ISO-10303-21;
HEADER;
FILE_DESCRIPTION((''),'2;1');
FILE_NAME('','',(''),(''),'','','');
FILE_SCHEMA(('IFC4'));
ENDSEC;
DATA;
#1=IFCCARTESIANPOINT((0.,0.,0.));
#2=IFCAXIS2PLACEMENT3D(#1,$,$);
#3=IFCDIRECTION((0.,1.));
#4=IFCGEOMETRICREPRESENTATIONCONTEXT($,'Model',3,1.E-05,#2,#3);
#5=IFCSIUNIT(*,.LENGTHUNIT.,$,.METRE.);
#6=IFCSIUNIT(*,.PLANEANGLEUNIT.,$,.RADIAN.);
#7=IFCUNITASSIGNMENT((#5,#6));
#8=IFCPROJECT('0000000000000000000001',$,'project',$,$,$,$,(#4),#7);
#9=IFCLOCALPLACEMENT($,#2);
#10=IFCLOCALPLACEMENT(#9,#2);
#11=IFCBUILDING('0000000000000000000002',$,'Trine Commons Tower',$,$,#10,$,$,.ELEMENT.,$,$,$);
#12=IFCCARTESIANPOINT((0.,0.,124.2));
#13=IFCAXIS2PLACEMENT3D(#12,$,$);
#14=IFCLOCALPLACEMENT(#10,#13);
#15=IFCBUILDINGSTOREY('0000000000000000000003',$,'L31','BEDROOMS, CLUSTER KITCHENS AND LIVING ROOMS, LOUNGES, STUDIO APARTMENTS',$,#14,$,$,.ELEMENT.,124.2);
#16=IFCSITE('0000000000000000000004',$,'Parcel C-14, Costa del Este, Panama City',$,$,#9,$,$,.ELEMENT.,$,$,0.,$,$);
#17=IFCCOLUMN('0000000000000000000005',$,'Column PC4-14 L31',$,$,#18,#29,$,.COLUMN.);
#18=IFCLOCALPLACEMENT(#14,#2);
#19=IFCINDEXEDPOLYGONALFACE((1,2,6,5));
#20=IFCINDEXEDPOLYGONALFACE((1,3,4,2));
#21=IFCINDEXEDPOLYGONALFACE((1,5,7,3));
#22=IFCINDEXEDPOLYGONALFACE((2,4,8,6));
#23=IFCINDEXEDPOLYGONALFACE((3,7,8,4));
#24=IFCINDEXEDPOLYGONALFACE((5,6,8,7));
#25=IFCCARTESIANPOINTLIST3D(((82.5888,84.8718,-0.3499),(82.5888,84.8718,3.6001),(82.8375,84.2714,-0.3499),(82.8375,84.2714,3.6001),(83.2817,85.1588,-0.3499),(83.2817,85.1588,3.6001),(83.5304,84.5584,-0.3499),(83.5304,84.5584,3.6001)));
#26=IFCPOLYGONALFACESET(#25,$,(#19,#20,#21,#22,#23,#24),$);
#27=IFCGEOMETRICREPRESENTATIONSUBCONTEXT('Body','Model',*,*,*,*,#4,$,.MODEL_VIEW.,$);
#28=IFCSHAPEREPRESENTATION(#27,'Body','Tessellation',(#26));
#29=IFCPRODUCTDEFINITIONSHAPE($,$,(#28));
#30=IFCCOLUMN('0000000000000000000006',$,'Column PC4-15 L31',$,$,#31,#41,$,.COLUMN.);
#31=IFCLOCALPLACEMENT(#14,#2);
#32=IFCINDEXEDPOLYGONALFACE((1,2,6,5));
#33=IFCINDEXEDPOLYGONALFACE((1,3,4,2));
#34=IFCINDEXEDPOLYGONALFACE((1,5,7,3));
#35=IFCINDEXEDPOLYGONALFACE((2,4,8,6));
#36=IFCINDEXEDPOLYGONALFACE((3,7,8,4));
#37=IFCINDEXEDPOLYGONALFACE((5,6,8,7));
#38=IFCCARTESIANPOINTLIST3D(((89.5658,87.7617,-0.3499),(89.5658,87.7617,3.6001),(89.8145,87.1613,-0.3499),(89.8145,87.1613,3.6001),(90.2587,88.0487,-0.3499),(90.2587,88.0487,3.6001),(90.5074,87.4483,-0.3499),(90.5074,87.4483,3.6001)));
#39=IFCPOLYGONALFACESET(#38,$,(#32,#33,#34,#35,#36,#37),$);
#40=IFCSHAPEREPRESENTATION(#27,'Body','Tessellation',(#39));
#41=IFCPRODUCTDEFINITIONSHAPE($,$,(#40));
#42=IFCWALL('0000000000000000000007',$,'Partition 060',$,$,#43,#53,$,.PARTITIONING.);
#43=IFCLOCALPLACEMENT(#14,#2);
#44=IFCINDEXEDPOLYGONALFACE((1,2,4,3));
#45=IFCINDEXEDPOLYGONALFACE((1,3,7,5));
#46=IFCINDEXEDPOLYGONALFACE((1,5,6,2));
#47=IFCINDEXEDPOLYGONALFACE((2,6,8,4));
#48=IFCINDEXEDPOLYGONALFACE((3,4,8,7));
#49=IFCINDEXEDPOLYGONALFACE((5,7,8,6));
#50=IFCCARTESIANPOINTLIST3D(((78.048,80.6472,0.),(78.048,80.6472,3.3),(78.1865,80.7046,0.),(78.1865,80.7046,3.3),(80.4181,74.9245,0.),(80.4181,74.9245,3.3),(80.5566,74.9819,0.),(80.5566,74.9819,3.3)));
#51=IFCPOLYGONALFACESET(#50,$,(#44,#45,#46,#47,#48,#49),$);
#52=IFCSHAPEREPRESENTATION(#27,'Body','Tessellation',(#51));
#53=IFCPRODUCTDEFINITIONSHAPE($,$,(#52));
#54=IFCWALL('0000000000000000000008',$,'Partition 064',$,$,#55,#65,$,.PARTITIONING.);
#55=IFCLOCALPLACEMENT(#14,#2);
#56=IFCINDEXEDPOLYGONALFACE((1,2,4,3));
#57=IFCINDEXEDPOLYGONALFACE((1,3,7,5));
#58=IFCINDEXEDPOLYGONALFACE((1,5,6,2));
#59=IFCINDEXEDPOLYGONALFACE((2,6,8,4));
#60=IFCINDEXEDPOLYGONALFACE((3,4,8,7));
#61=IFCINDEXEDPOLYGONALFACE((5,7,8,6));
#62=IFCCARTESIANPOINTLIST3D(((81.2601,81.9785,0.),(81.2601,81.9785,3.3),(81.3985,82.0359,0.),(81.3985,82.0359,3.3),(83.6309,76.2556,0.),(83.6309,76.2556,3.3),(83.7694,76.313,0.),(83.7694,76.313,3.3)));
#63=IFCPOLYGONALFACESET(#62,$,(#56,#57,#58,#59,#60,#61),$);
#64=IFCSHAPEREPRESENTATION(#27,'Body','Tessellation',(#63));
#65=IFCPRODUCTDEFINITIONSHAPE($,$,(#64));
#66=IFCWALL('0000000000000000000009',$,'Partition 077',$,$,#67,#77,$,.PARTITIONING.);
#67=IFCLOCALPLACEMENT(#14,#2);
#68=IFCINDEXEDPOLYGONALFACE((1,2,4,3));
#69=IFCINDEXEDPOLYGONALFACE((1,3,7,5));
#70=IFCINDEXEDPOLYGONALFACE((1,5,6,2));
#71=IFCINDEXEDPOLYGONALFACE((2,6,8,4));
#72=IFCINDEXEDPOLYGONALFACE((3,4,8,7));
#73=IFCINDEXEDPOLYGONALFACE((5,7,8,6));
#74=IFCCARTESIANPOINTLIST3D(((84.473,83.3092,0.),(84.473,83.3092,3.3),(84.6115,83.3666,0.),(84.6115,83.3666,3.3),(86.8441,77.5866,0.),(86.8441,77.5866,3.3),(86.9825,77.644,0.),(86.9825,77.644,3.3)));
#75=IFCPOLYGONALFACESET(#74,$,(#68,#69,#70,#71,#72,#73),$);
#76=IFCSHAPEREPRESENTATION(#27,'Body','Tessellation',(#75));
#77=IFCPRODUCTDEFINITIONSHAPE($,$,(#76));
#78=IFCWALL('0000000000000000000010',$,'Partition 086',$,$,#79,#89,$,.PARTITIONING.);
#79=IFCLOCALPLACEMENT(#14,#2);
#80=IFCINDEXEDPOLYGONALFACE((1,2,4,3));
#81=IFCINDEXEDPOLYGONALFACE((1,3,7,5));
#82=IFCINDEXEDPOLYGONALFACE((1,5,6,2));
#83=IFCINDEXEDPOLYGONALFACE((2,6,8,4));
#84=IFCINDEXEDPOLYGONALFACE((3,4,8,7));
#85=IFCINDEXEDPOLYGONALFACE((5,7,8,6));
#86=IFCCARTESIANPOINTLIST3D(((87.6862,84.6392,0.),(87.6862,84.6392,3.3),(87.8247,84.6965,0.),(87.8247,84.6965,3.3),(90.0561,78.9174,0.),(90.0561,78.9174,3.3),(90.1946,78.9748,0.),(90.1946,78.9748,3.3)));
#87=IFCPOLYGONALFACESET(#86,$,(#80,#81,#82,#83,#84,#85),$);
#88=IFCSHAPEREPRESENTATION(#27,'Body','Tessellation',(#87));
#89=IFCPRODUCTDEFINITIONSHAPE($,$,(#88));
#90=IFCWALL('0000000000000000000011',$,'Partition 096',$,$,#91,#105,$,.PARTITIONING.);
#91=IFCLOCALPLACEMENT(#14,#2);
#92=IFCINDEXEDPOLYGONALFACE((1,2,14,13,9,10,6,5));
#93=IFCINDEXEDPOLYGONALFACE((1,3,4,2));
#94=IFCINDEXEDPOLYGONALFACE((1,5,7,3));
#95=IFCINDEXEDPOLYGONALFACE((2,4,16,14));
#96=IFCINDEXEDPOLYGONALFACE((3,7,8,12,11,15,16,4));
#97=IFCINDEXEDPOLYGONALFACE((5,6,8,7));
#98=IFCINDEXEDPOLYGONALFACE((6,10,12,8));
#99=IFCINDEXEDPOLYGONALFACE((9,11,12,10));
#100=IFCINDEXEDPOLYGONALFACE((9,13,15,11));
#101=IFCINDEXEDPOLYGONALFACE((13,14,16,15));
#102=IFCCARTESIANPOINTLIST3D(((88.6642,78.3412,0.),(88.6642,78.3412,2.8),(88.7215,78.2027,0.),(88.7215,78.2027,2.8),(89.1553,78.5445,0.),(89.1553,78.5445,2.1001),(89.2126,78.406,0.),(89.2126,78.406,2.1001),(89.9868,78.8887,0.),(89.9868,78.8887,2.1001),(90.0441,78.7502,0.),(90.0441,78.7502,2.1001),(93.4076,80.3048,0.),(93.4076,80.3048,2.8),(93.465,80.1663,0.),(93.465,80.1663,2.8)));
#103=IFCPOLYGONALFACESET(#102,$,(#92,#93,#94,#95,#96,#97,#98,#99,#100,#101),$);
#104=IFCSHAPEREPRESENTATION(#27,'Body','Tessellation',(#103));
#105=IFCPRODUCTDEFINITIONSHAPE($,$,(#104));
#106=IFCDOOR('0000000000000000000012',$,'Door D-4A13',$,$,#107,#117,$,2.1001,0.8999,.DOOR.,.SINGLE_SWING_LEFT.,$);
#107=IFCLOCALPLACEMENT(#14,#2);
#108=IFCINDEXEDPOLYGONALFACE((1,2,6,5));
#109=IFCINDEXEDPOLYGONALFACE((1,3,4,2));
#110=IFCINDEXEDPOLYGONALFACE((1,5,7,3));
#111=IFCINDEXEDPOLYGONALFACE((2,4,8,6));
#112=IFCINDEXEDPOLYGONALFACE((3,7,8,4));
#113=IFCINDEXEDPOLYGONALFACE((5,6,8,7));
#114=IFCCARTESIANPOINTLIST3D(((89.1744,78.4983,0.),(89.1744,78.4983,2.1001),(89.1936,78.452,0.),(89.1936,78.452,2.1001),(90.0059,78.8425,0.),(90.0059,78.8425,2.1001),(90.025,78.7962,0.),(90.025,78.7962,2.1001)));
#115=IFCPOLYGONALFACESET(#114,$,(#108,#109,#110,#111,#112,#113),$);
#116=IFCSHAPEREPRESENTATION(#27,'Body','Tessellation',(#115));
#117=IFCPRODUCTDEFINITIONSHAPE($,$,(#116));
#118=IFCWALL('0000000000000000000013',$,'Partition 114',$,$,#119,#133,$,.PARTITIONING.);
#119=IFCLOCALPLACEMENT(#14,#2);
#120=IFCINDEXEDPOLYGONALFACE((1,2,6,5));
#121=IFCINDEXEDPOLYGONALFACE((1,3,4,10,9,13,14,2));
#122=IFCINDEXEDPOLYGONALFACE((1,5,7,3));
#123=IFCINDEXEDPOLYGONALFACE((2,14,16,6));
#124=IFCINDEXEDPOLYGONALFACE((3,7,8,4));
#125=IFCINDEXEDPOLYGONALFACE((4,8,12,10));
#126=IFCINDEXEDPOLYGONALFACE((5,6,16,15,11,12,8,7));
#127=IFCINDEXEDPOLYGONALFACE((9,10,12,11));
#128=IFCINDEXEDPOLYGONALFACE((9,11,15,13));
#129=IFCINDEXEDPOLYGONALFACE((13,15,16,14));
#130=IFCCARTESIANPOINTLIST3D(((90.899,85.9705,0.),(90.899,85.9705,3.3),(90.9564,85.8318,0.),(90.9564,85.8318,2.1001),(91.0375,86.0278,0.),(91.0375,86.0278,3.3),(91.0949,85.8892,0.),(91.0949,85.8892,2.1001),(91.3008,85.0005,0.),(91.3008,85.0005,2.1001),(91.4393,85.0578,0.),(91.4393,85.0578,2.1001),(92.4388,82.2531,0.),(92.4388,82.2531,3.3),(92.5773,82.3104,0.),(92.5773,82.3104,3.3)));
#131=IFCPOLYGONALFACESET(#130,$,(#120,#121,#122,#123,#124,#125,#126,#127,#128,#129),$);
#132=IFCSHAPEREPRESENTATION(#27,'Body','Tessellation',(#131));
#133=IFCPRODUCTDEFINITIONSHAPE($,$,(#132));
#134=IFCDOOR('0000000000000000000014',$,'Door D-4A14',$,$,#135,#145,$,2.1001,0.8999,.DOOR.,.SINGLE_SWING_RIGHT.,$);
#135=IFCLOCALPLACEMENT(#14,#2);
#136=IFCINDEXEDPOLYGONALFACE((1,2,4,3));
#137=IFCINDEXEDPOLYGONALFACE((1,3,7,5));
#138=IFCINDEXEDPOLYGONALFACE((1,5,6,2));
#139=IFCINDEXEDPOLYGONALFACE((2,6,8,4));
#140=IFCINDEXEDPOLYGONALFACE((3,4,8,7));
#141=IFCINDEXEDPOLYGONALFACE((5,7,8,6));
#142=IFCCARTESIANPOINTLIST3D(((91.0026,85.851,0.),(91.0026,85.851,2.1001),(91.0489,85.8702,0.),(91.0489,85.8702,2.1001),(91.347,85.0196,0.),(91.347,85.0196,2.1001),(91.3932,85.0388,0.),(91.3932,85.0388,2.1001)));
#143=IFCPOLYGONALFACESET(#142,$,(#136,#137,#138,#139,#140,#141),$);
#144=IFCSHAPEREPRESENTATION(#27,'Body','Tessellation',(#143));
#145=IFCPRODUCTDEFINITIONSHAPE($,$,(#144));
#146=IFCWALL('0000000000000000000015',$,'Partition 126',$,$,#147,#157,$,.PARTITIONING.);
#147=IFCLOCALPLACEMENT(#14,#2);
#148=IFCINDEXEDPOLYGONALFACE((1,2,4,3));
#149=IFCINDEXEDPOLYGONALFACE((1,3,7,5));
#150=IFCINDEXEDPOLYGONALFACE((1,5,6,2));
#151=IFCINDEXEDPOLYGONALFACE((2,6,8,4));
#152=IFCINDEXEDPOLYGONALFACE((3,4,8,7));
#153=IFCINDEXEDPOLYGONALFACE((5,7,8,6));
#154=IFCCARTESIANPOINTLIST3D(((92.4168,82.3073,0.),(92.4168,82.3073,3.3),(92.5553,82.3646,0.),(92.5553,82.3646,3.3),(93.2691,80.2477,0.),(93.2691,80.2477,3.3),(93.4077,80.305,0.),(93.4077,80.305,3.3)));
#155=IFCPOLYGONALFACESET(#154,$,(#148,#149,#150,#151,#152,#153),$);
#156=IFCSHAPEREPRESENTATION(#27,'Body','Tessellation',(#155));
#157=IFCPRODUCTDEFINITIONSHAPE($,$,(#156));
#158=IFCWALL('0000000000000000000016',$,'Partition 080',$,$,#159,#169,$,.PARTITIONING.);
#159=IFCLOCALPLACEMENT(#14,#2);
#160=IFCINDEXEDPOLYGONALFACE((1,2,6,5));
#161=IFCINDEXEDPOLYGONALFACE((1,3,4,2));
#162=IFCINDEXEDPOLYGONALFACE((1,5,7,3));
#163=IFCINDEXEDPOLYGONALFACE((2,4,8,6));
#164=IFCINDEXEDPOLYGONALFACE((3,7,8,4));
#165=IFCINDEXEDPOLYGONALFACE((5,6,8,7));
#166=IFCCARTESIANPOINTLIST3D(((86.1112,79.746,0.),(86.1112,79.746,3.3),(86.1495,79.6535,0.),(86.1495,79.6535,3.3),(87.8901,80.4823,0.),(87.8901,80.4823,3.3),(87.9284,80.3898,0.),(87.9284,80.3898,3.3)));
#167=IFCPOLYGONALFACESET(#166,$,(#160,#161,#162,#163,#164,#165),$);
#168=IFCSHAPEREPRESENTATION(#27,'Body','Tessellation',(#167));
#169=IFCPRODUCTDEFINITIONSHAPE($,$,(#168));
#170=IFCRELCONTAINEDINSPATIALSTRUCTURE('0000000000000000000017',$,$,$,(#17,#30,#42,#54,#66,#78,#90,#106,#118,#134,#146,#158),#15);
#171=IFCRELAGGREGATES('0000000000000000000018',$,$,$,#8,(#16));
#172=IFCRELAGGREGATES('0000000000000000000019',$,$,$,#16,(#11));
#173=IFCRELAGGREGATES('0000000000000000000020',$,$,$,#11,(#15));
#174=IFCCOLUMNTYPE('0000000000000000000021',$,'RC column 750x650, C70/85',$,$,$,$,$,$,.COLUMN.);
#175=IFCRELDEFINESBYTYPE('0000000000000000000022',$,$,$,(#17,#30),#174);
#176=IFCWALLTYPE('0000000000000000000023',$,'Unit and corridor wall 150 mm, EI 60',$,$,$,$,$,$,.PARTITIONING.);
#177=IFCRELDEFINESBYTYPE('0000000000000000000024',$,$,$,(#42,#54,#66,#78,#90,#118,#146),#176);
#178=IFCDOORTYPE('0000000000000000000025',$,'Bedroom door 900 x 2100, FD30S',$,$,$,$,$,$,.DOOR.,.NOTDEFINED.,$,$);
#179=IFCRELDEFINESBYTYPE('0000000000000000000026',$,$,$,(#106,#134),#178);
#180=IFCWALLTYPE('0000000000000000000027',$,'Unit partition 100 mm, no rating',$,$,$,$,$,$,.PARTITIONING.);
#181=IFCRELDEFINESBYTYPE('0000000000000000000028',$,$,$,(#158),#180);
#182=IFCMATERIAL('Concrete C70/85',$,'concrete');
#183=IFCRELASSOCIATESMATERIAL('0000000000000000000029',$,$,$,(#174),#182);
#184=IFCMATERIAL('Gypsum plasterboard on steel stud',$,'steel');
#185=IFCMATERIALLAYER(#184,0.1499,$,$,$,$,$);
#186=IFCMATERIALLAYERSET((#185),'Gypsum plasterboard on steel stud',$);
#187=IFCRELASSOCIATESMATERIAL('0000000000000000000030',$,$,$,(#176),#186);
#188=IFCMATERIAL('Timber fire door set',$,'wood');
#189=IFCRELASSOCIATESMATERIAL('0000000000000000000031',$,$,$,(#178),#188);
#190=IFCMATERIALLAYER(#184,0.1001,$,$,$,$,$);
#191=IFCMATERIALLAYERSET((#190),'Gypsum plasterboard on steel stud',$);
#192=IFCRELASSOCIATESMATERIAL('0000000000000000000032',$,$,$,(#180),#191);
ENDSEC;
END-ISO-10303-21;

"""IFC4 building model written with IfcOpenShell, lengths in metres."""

from ifc_helpers import new_model, si_unit, direction, frame, frame_2d, origin, origin_2d, place, context, subcontext, project, spatial, rectangle, extrude, material, layer, layer_set, material_profile, profile_set, type_object, element, fill, save


model = new_model("IFC4")

# Units and contexts
model_context = context("Model", 3, precision=1e-05, world=origin(), true_north=direction((0.0, 1.0)))
body_context = subcontext(model_context, "Body", "Model", "MODEL_VIEW")
ifc_project = project(units=[si_unit("LENGTHUNIT", "METRE"), si_unit("PLANEANGLEUNIT", "RADIAN")], contexts=[model_context])

# Site, building, storey
site_placement = place(None, origin())
site = spatial("IfcSite", under=ifc_project, at=site_placement, Name="Parcel C-14, Costa del Este, Panama City", CompositionType="ELEMENT", RefElevation=0.0)
building_placement = place(site_placement, origin())
building = spatial("IfcBuilding", under=site, at=building_placement, Name="Trine Commons Tower", CompositionType="ELEMENT")
storey_placement = place(building_placement, frame((0.0, 0.0, 124.2)))
storey = spatial("IfcBuildingStorey", under=building, at=storey_placement, Name="L31", Description="BEDROOMS, CLUSTER KITCHENS AND LIVING ROOMS, LOUNGES, STUDIO APARTMENTS", CompositionType="ELEMENT", Elevation=124.2)

# Columns
ifc_material_1 = material(Name="Concrete C70/85", Category="concrete")
ifc_material_profile = material_profile(ifc_material_1, rectangle(XDim=0.75, YDim=0.6499, at=origin_2d()), Name="RC 750x650")
ifc_profile_set = profile_set([ifc_material_profile], Name="Concrete C70/85")
column_type = type_object("IfcColumnType", Name="RC column 750x650, C70/85", PredefinedType="COLUMN", material=ifc_profile_set)
for number, where, z_axis, x_axis, name in (
    (1, (83.0596, 84.7151, -0.3499), (0.0, 0.0, 1.0), (0.92388, 0.382683, 0.0), "Column PC4-14 L31"),
    (2, (90.0366, 87.605, -0.3499), (0.0, 0.0, 1.0), (0.92388, 0.382683, 0.0), "Column PC4-15 L31"),
):
    element("IfcColumn", number, at=place(storey_placement, frame(where, z_axis=z_axis, x_axis=x_axis)), inside=storey, type_object=column_type, Name=name, PredefinedType="COLUMN", context=body_context, shape_type="SweptSolid", body=[
        extrude(rectangle(XDim=0.75, YDim=0.6499, at=origin_2d()), origin(), (0.0, 0.0, 1.0), 3.95),
    ])

# Walls
ifc_material_2 = material(Name="Gypsum plasterboard on steel stud", Category="steel")
ifc_layer_1 = layer(ifc_material_2, 0.1499)
ifc_layer_set_1 = layer_set([ifc_layer_1], Name="Gypsum plasterboard on steel stud")
wall_type_1 = type_object("IfcWallType", Name="Unit and corridor wall 150 mm, EI 60", PredefinedType="PARTITIONING", material=ifc_layer_set_1)
wall_1_placement = place(storey_placement, frame((78.1172, 80.676, 0.0), z_axis=(0.0, 0.0, 1.0), x_axis=(0.382644, -0.923896, 0.0)))
element("IfcWall", 3, at=wall_1_placement, inside=storey, type_object=wall_type_1, Name="Partition 060", PredefinedType="PARTITIONING", context=body_context, shape_type="SweptSolid", body=[
    extrude(rectangle(XDim=6.1941, YDim=0.1499, at=frame_2d((3.0972, 0.0))), origin(), (0.0, 0.0, 1.0), 3.3),
])
wall_2_placement = place(storey_placement, frame((81.3293, 82.0071, 0.0), z_axis=(0.0, 0.0, 1.0), x_axis=(0.382731, -0.92386, 0.0)))
element("IfcWall", 4, at=wall_2_placement, inside=storey, type_object=wall_type_1, Name="Partition 064", PredefinedType="PARTITIONING", context=body_context, shape_type="SweptSolid", body=[
    extrude(rectangle(XDim=6.1946, YDim=0.1499, at=frame_2d((3.0972, 0.0))), origin(), (0.0, 0.0, 1.0), 3.3),
])
wall_3_placement = place(storey_placement, frame((84.5422, 83.3379, 0.0), z_axis=(0.0, 0.0, 1.0), x_axis=(0.382779, -0.92384, 0.0)))
element("IfcWall", 5, at=wall_3_placement, inside=storey, type_object=wall_type_1, Name="Partition 077", PredefinedType="PARTITIONING", context=body_context, shape_type="SweptSolid", body=[
    extrude(rectangle(XDim=6.1943, YDim=0.1499, at=frame_2d((3.0972, 0.0))), origin(), (0.0, 0.0, 1.0), 3.3),
])
wall_4_placement = place(storey_placement, frame((87.7554, 84.668, 0.0), z_axis=(0.0, 0.0, 1.0), x_axis=(0.382666, -0.923887, 0.0)))
element("IfcWall", 6, at=wall_4_placement, inside=storey, type_object=wall_type_1, Name="Partition 086", PredefinedType="PARTITIONING", context=body_context, shape_type="SweptSolid", body=[
    extrude(rectangle(XDim=6.1931, YDim=0.1499, at=frame_2d((3.0967, 0.0))), origin(), (0.0, 0.0, 1.0), 3.3),
])

# Walls, openings, doors
wall_5_placement = place(storey_placement, frame((88.6929, 78.272, 0.0), z_axis=(0.0, 0.0, 1.0), x_axis=(0.923959, 0.38249, 0.0)))
wall_5 = element("IfcWall", 7, at=wall_5_placement, inside=storey, type_object=wall_type_1, Name="Partition 096", PredefinedType="PARTITIONING", context=body_context, shape_type="SweptSolid", body=[
    extrude(rectangle(XDim=5.1338, YDim=0.1499, at=frame_2d((2.5669, 0.0))), origin(), (0.0, 0.0, 1.0), 2.8),
])
opening_1_placement = place(wall_5_placement, frame((0.5315, 0.0, 0.0)))
opening_1 = element("IfcOpeningElement", 8, at=opening_1_placement, cuts=wall_5, PredefinedType="OPENING", context=body_context, shape_type="SweptSolid", body=[
    extrude(rectangle(XDim=0.8999, YDim=2.1001, at=frame_2d((0.45, 1.05))), frame((0.0, 0.085, 0.0), z_axis=(0.0, -1.0, 0.0), x_axis=(1.0, 0.0, 0.0)), (0.0, 0.0, 1.0), 0.1699),
])
ifc_material_3 = material(Name="Timber fire door set", Category="wood")
door_type_1 = type_object("IfcDoorType", Name="Bedroom door 900 x 2100, FD30S", OperationType="NOTDEFINED", PredefinedType="DOOR", material=ifc_material_3)
door_1_placement = place(opening_1_placement, origin())
door_1 = element("IfcDoor", 9, at=door_1_placement, inside=storey, type_object=door_type_1, Name="Door D-4A13", OperationType="SINGLE_SWING_LEFT", OverallHeight=2.1001, OverallWidth=0.8999, PredefinedType="DOOR", context=body_context, shape_type="SweptSolid", body=[
    extrude(rectangle(XDim=0.8999, YDim=2.1001, at=frame_2d((0.45, 1.05))), frame((0.0, 0.0249, 0.0), z_axis=(0.0, -1.0, 0.0), x_axis=(1.0, 0.0, 0.0)), (0.0, 0.0, 1.0), 0.05),
])
fill(opening_1, door_1)
wall_6_placement = place(storey_placement, frame((90.9683, 85.999, 0.0), z_axis=(0.0, 0.0, 1.0), x_axis=(0.382693, -0.923876, 0.0)))
wall_6 = element("IfcWall", 10, at=wall_6_placement, inside=storey, type_object=wall_type_1, Name="Partition 114", PredefinedType="PARTITIONING", context=body_context, shape_type="SweptSolid", body=[
    extrude(rectangle(XDim=4.0237, YDim=0.1499, at=frame_2d((2.0117, 0.0))), origin(), (0.0, 0.0, 1.0), 3.3),
])
opening_2_placement = place(wall_6_placement, frame((0.1499, 0.0, 0.0)))
opening_2 = element("IfcOpeningElement", 11, at=opening_2_placement, cuts=wall_6, PredefinedType="OPENING", context=body_context, shape_type="SweptSolid", body=[
    extrude(rectangle(XDim=0.8999, YDim=2.1001, at=frame_2d((0.45, 1.05))), frame((0.0, 0.085, 0.0), z_axis=(0.0, -1.0, 0.0), x_axis=(1.0, 0.0, 0.0)), (0.0, 0.0, 1.0), 0.1699),
])
door_2_placement = place(opening_2_placement, frame((0.8999, 0.0, 0.0), z_axis=(0.0, 0.0, 1.0), x_axis=(-1.0, 0.0, 0.0)))
door_2 = element("IfcDoor", 12, at=door_2_placement, inside=storey, type_object=door_type_1, Name="Door D-4A14", OperationType="SINGLE_SWING_RIGHT", OverallHeight=2.1001, OverallWidth=0.8999, PredefinedType="DOOR", context=body_context, shape_type="SweptSolid", body=[
    extrude(rectangle(XDim=0.8999, YDim=2.1001, at=frame_2d((0.45, 1.05))), frame((0.0, 0.0249, 0.0), z_axis=(0.0, -1.0, 0.0), x_axis=(1.0, 0.0, 0.0)), (0.0, 0.0, 1.0), 0.05),
])
fill(opening_2, door_2)

# Walls
wall_7_placement = place(storey_placement, frame((92.4861, 82.3359, 0.0), z_axis=(0.0, 0.0, 1.0), x_axis=(0.382374, -0.924007, 0.0)))
element("IfcWall", 13, at=wall_7_placement, inside=storey, type_object=wall_type_1, Name="Partition 126", PredefinedType="PARTITIONING", context=body_context, shape_type="SweptSolid", body=[
    extrude(rectangle(XDim=2.229, YDim=0.1499, at=frame_2d((1.1145, 0.0))), origin(), (0.0, 0.0, 1.0), 3.3),
])
ifc_layer_2 = layer(ifc_material_2, 0.1001)
ifc_layer_set_2 = layer_set([ifc_layer_2], Name="Gypsum plasterboard on steel stud")
wall_type_2 = type_object("IfcWallType", Name="Unit partition 100 mm, no rating", PredefinedType="PARTITIONING", material=ifc_layer_set_2)
wall_8_placement = place(storey_placement, frame((86.1304, 79.6997, 0.0), z_axis=(0.0, 0.0, 1.0), x_axis=(0.923967, 0.382471, 0.0)))
element("IfcWall", 14, at=wall_8_placement, inside=storey, type_object=wall_type_2, Name="Partition 080", PredefinedType="PARTITIONING", context=body_context, shape_type="SweptSolid", body=[
    extrude(rectangle(XDim=1.9253, YDim=0.1001, at=frame_2d((0.9626, 0.0))), origin(), (0.0, 0.0, 1.0), 3.3),
])

save(model, "model.ifc")
